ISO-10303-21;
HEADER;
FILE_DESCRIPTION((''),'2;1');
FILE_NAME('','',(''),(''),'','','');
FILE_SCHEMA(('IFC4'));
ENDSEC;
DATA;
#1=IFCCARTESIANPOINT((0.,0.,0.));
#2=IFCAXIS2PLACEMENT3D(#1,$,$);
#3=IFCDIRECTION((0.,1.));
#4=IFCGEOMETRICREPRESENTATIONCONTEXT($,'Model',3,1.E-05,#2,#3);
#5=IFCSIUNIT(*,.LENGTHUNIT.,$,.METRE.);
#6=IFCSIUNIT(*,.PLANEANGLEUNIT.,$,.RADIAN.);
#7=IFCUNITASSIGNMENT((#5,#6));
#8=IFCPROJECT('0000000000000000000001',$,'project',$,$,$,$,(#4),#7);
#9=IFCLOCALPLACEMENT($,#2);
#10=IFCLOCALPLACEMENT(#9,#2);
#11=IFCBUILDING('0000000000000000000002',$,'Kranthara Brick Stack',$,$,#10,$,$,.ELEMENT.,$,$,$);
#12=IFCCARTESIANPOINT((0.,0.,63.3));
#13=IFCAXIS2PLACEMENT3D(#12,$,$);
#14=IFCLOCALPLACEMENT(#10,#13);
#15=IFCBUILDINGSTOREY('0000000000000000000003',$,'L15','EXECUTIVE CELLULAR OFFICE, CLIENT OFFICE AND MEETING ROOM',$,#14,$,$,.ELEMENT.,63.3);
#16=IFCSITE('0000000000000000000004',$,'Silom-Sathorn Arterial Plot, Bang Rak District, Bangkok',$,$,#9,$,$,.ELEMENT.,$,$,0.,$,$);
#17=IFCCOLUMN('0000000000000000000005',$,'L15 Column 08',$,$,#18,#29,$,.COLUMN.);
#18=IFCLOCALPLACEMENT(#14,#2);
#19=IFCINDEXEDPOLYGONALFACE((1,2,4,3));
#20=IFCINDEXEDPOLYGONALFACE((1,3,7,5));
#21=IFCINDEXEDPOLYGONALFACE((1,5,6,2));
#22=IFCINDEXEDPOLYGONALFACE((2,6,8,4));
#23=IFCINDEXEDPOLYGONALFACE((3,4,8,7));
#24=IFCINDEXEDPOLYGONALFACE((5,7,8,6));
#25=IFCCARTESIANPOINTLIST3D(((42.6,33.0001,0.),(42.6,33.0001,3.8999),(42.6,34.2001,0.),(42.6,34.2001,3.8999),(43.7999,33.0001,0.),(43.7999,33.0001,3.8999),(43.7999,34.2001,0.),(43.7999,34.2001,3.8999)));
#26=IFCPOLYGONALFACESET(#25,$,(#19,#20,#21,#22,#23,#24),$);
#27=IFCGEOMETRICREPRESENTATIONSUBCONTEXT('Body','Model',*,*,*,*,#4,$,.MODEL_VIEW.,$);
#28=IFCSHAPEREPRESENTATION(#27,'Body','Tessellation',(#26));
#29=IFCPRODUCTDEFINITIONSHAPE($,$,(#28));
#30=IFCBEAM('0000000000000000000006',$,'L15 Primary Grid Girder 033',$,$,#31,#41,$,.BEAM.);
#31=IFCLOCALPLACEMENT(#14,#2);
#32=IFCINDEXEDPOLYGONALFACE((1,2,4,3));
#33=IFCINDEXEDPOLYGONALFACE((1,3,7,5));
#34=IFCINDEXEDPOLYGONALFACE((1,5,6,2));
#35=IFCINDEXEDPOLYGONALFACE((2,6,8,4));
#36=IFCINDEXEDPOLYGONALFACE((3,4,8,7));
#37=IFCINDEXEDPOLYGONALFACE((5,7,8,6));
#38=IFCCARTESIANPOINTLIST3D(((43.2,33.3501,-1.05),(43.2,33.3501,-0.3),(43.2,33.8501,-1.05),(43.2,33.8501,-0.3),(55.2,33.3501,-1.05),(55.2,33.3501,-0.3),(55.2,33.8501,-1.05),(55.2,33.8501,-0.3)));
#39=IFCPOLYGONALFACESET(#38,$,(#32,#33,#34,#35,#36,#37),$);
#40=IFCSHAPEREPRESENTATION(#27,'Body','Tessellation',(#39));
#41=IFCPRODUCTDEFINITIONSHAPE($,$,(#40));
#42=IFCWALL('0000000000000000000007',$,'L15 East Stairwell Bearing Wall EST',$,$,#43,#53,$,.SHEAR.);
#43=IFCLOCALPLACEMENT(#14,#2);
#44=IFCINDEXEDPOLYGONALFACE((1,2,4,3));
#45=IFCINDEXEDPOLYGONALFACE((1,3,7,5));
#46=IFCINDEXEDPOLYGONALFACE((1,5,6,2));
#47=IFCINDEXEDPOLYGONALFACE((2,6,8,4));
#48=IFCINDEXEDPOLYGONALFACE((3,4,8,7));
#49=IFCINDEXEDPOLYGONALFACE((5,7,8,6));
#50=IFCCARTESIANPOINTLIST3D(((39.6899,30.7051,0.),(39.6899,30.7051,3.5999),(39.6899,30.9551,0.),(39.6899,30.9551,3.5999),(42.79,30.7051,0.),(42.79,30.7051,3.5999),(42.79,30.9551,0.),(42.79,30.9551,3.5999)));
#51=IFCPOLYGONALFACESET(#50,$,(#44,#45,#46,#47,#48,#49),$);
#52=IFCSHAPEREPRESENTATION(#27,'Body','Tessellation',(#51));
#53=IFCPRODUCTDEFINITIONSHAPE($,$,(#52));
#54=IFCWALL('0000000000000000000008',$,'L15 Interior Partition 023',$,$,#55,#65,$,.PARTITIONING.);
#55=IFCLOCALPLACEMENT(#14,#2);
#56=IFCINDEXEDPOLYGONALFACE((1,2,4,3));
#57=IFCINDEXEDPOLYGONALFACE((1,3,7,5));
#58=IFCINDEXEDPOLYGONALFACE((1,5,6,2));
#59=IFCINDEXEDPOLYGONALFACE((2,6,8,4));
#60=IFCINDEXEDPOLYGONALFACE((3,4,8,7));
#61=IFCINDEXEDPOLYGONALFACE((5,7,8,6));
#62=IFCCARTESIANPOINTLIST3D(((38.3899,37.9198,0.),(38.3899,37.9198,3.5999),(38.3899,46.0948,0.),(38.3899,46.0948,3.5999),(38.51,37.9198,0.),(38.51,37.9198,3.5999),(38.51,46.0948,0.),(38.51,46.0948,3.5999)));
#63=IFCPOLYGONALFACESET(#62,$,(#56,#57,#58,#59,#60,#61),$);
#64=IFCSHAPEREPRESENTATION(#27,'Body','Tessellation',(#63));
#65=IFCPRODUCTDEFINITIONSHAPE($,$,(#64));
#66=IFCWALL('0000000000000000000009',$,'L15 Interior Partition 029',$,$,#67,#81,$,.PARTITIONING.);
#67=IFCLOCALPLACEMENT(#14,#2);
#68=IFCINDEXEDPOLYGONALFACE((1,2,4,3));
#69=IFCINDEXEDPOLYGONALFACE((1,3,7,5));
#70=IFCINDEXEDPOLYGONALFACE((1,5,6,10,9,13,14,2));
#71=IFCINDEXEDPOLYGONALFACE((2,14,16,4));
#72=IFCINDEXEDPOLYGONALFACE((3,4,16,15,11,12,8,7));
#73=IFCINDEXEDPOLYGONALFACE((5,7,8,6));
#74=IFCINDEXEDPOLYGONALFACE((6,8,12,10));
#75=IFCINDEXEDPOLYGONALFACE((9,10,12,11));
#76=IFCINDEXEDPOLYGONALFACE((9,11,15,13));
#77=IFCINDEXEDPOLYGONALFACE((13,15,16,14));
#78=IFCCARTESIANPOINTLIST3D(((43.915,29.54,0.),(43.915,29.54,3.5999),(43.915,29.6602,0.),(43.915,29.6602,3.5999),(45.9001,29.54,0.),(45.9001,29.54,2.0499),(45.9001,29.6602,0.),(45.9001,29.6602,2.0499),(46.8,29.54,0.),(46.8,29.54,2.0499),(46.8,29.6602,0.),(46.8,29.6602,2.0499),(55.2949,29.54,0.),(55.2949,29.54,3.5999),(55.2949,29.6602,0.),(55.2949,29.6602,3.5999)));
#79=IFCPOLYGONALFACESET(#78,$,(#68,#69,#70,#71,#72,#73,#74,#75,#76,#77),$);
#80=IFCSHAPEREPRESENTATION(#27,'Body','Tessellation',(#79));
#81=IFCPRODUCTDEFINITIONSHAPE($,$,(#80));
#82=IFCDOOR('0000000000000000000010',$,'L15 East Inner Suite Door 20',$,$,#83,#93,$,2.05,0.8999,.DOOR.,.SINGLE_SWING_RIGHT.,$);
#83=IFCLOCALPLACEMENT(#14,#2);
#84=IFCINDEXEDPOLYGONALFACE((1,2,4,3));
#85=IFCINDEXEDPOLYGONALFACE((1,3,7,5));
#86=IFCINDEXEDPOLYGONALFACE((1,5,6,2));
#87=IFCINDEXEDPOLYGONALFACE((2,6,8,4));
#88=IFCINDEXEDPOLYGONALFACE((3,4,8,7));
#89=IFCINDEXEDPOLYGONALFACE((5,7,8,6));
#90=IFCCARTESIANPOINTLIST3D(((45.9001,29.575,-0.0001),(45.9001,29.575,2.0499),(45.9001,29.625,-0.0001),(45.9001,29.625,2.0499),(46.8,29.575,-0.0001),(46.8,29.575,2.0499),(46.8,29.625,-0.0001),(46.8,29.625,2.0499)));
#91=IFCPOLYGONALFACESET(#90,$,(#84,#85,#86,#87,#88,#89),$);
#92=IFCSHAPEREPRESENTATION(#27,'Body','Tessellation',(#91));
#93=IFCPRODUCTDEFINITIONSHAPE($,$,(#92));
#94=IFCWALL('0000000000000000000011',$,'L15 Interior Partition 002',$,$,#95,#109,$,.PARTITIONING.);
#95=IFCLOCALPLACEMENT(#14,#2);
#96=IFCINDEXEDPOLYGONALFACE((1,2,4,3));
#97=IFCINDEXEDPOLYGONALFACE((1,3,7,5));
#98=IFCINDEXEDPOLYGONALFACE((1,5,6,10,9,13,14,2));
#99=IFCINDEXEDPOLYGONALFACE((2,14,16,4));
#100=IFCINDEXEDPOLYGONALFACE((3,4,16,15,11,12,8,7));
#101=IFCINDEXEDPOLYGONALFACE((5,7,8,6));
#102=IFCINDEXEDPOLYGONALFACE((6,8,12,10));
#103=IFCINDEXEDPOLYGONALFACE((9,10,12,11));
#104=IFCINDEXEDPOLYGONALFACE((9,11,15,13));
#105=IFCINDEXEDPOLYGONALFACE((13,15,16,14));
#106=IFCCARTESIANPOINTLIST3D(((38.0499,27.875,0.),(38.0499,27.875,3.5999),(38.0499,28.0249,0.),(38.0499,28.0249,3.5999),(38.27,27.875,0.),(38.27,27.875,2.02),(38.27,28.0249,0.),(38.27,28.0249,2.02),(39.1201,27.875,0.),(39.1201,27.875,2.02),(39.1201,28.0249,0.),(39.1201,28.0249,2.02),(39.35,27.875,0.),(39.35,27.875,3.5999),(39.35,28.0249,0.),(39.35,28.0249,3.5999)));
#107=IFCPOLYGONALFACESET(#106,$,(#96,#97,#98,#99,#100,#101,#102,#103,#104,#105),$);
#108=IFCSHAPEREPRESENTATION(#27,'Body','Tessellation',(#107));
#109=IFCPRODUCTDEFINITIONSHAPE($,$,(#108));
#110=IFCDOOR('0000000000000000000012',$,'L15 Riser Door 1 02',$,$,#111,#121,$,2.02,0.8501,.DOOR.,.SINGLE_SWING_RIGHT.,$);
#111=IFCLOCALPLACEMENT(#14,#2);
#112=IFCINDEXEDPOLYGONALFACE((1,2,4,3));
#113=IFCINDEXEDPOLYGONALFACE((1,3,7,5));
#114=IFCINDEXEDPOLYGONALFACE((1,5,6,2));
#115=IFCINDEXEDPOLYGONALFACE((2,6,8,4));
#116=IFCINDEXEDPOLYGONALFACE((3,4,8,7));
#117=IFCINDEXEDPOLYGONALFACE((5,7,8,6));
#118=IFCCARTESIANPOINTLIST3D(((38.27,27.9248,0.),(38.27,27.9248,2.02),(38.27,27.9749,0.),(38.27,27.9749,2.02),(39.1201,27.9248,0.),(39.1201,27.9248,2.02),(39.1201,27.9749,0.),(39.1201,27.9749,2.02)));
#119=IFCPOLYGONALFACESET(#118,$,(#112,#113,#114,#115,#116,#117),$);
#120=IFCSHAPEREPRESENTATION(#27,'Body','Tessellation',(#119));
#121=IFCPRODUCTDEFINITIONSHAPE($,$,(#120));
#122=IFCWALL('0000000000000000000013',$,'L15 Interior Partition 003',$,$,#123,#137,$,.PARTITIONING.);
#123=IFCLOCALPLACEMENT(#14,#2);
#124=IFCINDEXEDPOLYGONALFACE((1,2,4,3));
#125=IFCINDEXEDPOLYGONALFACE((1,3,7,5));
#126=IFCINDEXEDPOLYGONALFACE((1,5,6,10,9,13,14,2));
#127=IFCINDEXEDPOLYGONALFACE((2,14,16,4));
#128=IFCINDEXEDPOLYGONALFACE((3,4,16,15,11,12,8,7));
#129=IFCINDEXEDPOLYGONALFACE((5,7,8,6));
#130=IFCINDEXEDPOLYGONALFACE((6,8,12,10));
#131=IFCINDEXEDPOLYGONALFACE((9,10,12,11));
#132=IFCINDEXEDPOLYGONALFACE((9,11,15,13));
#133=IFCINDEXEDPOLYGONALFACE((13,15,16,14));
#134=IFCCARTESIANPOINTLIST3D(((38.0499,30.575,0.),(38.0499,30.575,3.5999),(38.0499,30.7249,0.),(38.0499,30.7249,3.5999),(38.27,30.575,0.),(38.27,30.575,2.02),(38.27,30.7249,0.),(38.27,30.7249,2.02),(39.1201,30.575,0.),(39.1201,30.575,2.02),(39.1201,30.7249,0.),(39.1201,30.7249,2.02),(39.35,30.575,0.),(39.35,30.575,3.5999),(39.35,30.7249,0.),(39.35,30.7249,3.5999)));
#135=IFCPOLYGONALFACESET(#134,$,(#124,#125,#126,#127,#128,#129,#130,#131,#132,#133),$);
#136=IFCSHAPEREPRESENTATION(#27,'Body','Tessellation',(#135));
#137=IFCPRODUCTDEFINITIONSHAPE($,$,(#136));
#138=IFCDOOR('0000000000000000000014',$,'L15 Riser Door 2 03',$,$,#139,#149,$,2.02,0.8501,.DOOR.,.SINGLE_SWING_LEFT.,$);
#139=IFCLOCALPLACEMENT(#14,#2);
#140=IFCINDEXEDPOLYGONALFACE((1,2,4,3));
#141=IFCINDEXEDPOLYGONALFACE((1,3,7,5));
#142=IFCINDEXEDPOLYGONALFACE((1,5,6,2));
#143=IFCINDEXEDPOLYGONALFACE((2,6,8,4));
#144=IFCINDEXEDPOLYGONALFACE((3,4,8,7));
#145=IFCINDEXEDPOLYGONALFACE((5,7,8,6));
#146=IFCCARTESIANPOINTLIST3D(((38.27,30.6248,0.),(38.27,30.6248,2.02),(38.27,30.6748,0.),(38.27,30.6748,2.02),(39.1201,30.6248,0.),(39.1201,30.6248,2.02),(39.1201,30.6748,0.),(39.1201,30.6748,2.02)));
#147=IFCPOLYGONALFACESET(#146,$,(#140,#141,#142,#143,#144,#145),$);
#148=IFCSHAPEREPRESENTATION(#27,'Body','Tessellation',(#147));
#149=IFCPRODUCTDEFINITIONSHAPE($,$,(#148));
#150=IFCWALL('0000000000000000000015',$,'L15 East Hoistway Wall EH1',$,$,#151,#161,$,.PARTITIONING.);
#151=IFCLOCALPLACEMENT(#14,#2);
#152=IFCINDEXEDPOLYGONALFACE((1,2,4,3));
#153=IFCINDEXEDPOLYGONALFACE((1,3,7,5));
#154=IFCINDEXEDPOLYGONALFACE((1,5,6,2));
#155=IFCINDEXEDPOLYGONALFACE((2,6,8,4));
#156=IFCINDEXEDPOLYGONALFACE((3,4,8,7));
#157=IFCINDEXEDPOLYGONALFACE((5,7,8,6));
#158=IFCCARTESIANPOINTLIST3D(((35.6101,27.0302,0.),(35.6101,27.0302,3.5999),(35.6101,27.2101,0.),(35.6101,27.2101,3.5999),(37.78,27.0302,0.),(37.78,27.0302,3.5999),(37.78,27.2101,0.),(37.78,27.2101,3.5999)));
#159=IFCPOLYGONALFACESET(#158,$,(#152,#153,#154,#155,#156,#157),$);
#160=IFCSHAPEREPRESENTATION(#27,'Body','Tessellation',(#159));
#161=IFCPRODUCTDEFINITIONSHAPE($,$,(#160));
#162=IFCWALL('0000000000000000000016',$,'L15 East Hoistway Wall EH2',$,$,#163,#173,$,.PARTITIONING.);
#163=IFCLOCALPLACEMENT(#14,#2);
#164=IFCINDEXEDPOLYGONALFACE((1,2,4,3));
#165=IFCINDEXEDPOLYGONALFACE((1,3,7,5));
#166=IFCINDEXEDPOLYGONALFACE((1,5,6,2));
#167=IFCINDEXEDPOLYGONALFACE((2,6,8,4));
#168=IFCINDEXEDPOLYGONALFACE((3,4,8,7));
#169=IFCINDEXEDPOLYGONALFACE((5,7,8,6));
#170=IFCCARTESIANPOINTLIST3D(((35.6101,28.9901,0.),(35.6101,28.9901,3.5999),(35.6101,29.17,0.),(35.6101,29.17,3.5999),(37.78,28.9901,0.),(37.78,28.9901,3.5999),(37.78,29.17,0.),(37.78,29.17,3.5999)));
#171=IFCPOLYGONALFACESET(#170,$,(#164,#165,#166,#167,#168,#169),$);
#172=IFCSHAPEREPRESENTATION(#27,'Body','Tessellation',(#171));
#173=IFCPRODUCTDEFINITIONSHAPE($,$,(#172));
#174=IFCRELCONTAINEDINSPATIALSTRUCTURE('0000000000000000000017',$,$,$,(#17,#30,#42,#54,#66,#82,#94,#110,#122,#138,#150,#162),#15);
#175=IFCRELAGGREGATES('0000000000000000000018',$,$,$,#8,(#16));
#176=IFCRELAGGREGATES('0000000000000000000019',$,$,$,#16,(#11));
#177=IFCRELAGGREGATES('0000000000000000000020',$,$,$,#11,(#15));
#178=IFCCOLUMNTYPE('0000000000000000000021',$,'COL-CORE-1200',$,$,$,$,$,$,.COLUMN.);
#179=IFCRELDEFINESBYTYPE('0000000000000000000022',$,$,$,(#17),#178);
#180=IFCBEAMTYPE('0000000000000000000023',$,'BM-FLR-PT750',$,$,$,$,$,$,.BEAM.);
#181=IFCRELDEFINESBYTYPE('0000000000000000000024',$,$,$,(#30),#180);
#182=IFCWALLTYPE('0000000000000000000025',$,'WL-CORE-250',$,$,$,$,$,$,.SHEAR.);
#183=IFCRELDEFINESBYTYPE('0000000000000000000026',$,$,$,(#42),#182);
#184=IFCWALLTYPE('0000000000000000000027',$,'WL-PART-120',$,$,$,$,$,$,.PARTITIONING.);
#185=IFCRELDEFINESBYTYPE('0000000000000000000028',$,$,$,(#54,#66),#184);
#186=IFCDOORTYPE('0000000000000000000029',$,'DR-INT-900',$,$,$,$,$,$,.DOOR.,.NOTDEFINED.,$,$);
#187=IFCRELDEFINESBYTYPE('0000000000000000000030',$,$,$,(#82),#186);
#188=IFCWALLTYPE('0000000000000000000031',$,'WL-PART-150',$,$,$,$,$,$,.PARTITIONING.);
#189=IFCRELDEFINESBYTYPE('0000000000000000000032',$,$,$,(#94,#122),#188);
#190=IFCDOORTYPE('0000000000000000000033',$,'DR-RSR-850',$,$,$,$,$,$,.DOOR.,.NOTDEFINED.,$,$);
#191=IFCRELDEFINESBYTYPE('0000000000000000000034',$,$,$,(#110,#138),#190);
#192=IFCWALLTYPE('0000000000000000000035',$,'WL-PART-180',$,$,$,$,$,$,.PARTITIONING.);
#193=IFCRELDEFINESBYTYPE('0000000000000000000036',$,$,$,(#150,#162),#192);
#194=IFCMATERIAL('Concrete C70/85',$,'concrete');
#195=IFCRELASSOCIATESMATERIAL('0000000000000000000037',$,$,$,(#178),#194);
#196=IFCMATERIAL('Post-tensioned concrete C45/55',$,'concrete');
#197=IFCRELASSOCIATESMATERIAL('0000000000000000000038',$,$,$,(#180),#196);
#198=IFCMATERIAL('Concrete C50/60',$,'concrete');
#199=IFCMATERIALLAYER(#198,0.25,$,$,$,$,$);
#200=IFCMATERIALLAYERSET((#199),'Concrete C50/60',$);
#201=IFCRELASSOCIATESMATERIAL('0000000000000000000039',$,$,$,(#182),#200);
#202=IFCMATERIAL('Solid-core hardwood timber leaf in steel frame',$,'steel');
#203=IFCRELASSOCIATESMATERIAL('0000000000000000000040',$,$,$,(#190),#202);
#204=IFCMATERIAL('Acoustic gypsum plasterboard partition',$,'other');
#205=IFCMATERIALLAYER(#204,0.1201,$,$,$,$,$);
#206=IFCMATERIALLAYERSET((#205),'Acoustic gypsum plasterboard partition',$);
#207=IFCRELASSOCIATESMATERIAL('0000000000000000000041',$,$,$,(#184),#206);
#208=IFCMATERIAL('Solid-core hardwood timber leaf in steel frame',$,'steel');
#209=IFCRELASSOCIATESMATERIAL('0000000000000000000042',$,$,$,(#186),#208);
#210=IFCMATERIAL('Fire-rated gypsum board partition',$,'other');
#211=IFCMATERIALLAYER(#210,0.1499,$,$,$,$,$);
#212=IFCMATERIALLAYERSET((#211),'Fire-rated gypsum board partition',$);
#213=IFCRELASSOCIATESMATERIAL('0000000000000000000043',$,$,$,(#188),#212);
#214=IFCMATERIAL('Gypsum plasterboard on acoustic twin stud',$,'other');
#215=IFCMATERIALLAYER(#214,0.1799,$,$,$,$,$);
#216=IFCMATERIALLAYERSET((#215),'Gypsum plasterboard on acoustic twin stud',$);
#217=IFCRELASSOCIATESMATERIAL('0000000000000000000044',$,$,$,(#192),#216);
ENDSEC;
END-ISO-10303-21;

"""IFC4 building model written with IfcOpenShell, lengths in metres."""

from ifc_helpers import new_model, si_unit, direction, frame, frame_2d, origin, origin_2d, place, context, subcontext, project, spatial, rectangle, extrude, material, layer, layer_set, material_profile, profile_set, type_object, element, fill, save


model = new_model("IFC4")

# Units and contexts
model_context = context("Model", 3, precision=1e-05, world=origin(), true_north=direction((0.0, 1.0)))
body_context = subcontext(model_context, "Body", "Model", "MODEL_VIEW")
ifc_project = project(units=[si_unit("LENGTHUNIT", "METRE"), si_unit("PLANEANGLEUNIT", "RADIAN")], contexts=[model_context])

# Site, building, storey
site_placement = place(None, origin())
site = spatial("IfcSite", under=ifc_project, at=site_placement, Name="Silom-Sathorn Arterial Plot, Bang Rak District, Bangkok", CompositionType="ELEMENT", RefElevation=0.0)
building_placement = place(site_placement, origin())
building = spatial("IfcBuilding", under=site, at=building_placement, Name="Kranthara Brick Stack", CompositionType="ELEMENT")
storey_placement = place(building_placement, frame((0.0, 0.0, 63.3)))
storey = spatial("IfcBuildingStorey", under=building, at=storey_placement, Name="L15", Description="EXECUTIVE CELLULAR OFFICE, CLIENT OFFICE AND MEETING ROOM", CompositionType="ELEMENT", Elevation=63.3)

# Column
ifc_material_1 = material(Name="Concrete C70/85", Category="concrete")
ifc_material_profile_1 = material_profile(ifc_material_1, rectangle(XDim=1.2, YDim=1.2, at=origin_2d()), Name="RC 1200x1200")
ifc_profile_set_1 = profile_set([ifc_material_profile_1], Name="Concrete C70/85")
column_type = type_object("IfcColumnType", Name="COL-CORE-1200", PredefinedType="COLUMN", material=ifc_profile_set_1)
column_placement = place(storey_placement, frame((43.2, 33.6001, 0.0), z_axis=(0.0, 0.0, 1.0), x_axis=(1.0, 0.0, 0.0)))
element("IfcColumn", 1, at=column_placement, inside=storey, type_object=column_type, Name="L15 Column 08", PredefinedType="COLUMN", context=body_context, shape_type="SweptSolid", body=[
    extrude(rectangle(XDim=1.2, YDim=1.2, at=origin_2d()), origin(), (0.0, 0.0, 1.0), 3.8999),
])

# Beam
ifc_material_2 = material(Name="Post-tensioned concrete C45/55", Category="concrete")
ifc_material_profile_2 = material_profile(ifc_material_2, rectangle(XDim=0.5, YDim=0.75, at=origin_2d()), Name="PT 500x750")
ifc_profile_set_2 = profile_set([ifc_material_profile_2], Name="Post-tensioned concrete C45/55")
beam_type = type_object("IfcBeamType", Name="BM-FLR-PT750", PredefinedType="BEAM", material=ifc_profile_set_2)
beam_placement = place(storey_placement, frame((43.2, 33.6001, -0.675), z_axis=(1.0, 0.0, 0.0), x_axis=(0.0, 1.0, 0.0)))
element("IfcBeam", 2, at=beam_placement, inside=storey, type_object=beam_type, Name="L15 Primary Grid Girder 033", PredefinedType="BEAM", context=body_context, shape_type="SweptSolid", body=[
    extrude(rectangle(XDim=0.5, YDim=0.75, at=origin_2d()), origin(), (0.0, 0.0, 1.0), 12.0),
])

# Wall
ifc_material_3 = material(Name="Concrete C50/60", Category="concrete")
ifc_layer_1 = layer(ifc_material_3, 0.25)
ifc_layer_set_1 = layer_set([ifc_layer_1], Name="Concrete C50/60")
wall_type_1 = type_object("IfcWallType", Name="WL-CORE-250", PredefinedType="SHEAR", material=ifc_layer_set_1)
wall_1_placement = place(storey_placement, frame((39.6899, 30.8301, 0.0), z_axis=(0.0, 0.0, 1.0), x_axis=(1.0, 0.0, 0.0)))
element("IfcWall", 3, at=wall_1_placement, inside=storey, type_object=wall_type_1, Name="L15 East Stairwell Bearing Wall EST", PredefinedType="SHEAR", context=body_context, shape_type="SweptSolid", body=[
    extrude(rectangle(XDim=3.1001, YDim=0.25, at=frame_2d((1.55, 0.0))), origin(), (0.0, 0.0, 1.0), 3.5999),
])

# Shared definitions
ifc_material_4 = material(Name="Solid-core hardwood timber leaf in steel frame", Category="steel")
door_type_1 = type_object("IfcDoorType", Name="DR-RSR-850", OperationType="NOTDEFINED", PredefinedType="DOOR", material=ifc_material_4)

# Wall
ifc_material_5 = material(Name="Acoustic gypsum plasterboard partition", Category="other")
ifc_layer_2 = layer(ifc_material_5, 0.1201)
ifc_layer_set_2 = layer_set([ifc_layer_2], Name="Acoustic gypsum plasterboard partition")
wall_type_2 = type_object("IfcWallType", Name="WL-PART-120", PredefinedType="PARTITIONING", material=ifc_layer_set_2)
wall_2_placement = place(storey_placement, frame((38.45, 37.9199, 0.0), z_axis=(0.0, 0.0, 1.0), x_axis=(0.0, 1.0, 0.0)))
element("IfcWall", 4, at=wall_2_placement, inside=storey, type_object=wall_type_2, Name="L15 Interior Partition 023", PredefinedType="PARTITIONING", context=body_context, shape_type="SweptSolid", body=[
    extrude(rectangle(XDim=8.175, YDim=0.1201, at=frame_2d((4.0874, 0.0))), origin(), (0.0, 0.0, 1.0), 3.5999),
])

# Walls, openings, doors
wall_3_placement = place(storey_placement, frame((43.915, 29.6001, 0.0), z_axis=(0.0, 0.0, 1.0), x_axis=(1.0, 0.0, 0.0)))
wall_3 = element("IfcWall", 5, at=wall_3_placement, inside=storey, type_object=wall_type_2, Name="L15 Interior Partition 029", PredefinedType="PARTITIONING", context=body_context, shape_type="SweptSolid", body=[
    extrude(rectangle(XDim=11.3799, YDim=0.1201, at=frame_2d((5.6899, 0.0))), origin(), (0.0, 0.0, 1.0), 3.5999),
])
opening_1_placement = place(wall_3_placement, frame((1.9851, 0.0, 0.0)))
opening_1 = element("IfcOpeningElement", 6, at=opening_1_placement, cuts=wall_3, PredefinedType="OPENING", context=body_context, shape_type="SweptSolid", body=[
    extrude(rectangle(XDim=0.8999, YDim=2.05, at=frame_2d((0.45, 1.0249))), frame((0.0, 0.0701, 0.0), z_axis=(0.0, -1.0, 0.0), x_axis=(1.0, 0.0, 0.0)), (0.0, 0.0, 1.0), 0.1401),
])
ifc_material_6 = material(Name="Solid-core hardwood timber leaf in steel frame", Category="steel")
door_type_2 = type_object("IfcDoorType", Name="DR-INT-900", OperationType="NOTDEFINED", PredefinedType="DOOR", material=ifc_material_6)
door_1_placement = place(opening_1_placement, origin())
door_1 = element("IfcDoor", 7, at=door_1_placement, inside=storey, type_object=door_type_2, Name="L15 East Inner Suite Door 20", OperationType="SINGLE_SWING_RIGHT", OverallHeight=2.05, OverallWidth=0.8999, PredefinedType="DOOR", context=body_context, shape_type="SweptSolid", body=[
    extrude(rectangle(XDim=0.8999, YDim=2.05, at=frame_2d((0.45, 1.0249))), frame((0.0, 0.0249, 0.0), z_axis=(0.0, -1.0, 0.0), x_axis=(1.0, 0.0, 0.0)), (0.0, 0.0, 1.0), 0.05),
])
fill(opening_1, door_1)
ifc_material_7 = material(Name="Fire-rated gypsum board partition", Category="other")
ifc_layer_3 = layer(ifc_material_7, 0.1499)
ifc_layer_set_3 = layer_set([ifc_layer_3], Name="Fire-rated gypsum board partition")
wall_type_3 = type_object("IfcWallType", Name="WL-PART-150", PredefinedType="PARTITIONING", material=ifc_layer_set_3)
wall_4_placement = place(storey_placement, frame((38.05, 27.95, 0.0), z_axis=(0.0, 0.0, 1.0), x_axis=(1.0, 0.0, 0.0)))
wall_4 = element("IfcWall", 8, at=wall_4_placement, inside=storey, type_object=wall_type_3, Name="L15 Interior Partition 002", PredefinedType="PARTITIONING", context=body_context, shape_type="SweptSolid", body=[
    extrude(rectangle(XDim=1.3, YDim=0.1499, at=frame_2d((0.6499, 0.0))), origin(), (0.0, 0.0, 1.0), 3.5999),
])
opening_2_placement = place(wall_4_placement, frame((0.22, 0.0, 0.0)))
opening_2 = element("IfcOpeningElement", 9, at=opening_2_placement, cuts=wall_4, PredefinedType="OPENING", context=body_context, shape_type="SweptSolid", body=[
    extrude(rectangle(XDim=0.8501, YDim=2.02, at=frame_2d((0.425, 1.01))), frame((0.0, 0.085, 0.0), z_axis=(0.0, -1.0, 0.0), x_axis=(1.0, 0.0, 0.0)), (0.0, 0.0, 1.0), 0.1699),
])
door_2_placement = place(opening_2_placement, origin())
door_2 = element("IfcDoor", 10, at=door_2_placement, inside=storey, type_object=door_type_1, Name="L15 Riser Door 1 02", OperationType="SINGLE_SWING_RIGHT", OverallHeight=2.02, OverallWidth=0.8501, PredefinedType="DOOR", context=body_context, shape_type="SweptSolid", body=[
    extrude(rectangle(XDim=0.8501, YDim=2.02, at=frame_2d((0.425, 1.01))), frame((0.0, 0.0249, 0.0), z_axis=(0.0, -1.0, 0.0), x_axis=(1.0, 0.0, 0.0)), (0.0, 0.0, 1.0), 0.05),
])
fill(opening_2, door_2)
wall_5_placement = place(storey_placement, frame((38.05, 30.6499, 0.0), z_axis=(0.0, 0.0, 1.0), x_axis=(1.0, 0.0, 0.0)))
wall_5 = element("IfcWall", 11, at=wall_5_placement, inside=storey, type_object=wall_type_3, Name="L15 Interior Partition 003", PredefinedType="PARTITIONING", context=body_context, shape_type="SweptSolid", body=[
    extrude(rectangle(XDim=1.3, YDim=0.1499, at=frame_2d((0.6499, 0.0))), origin(), (0.0, 0.0, 1.0), 3.5999),
])
opening_3_placement = place(wall_5_placement, frame((0.22, 0.0, 0.0)))
opening_3 = element("IfcOpeningElement", 12, at=opening_3_placement, cuts=wall_5, PredefinedType="OPENING", context=body_context, shape_type="SweptSolid", body=[
    extrude(rectangle(XDim=0.8501, YDim=2.02, at=frame_2d((0.425, 1.01))), frame((0.0, 0.085, 0.0), z_axis=(0.0, -1.0, 0.0), x_axis=(1.0, 0.0, 0.0)), (0.0, 0.0, 1.0), 0.1699),
])
door_3_placement = place(opening_3_placement, origin())
door_3 = element("IfcDoor", 13, at=door_3_placement, inside=storey, type_object=door_type_1, Name="L15 Riser Door 2 03", OperationType="SINGLE_SWING_LEFT", OverallHeight=2.02, OverallWidth=0.8501, PredefinedType="DOOR", context=body_context, shape_type="SweptSolid", body=[
    extrude(rectangle(XDim=0.8501, YDim=2.02, at=frame_2d((0.425, 1.01))), frame((0.0, 0.0249, 0.0), z_axis=(0.0, -1.0, 0.0), x_axis=(1.0, 0.0, 0.0)), (0.0, 0.0, 1.0), 0.05),
])
fill(opening_3, door_3)

# Walls
ifc_material_8 = material(Name="Gypsum plasterboard on acoustic twin stud", Category="other")
ifc_layer_4 = layer(ifc_material_8, 0.1799)
ifc_layer_set_4 = layer_set([ifc_layer_4], Name="Gypsum plasterboard on acoustic twin stud")
wall_type_4 = type_object("IfcWallType", Name="WL-PART-180", PredefinedType="PARTITIONING", material=ifc_layer_set_4)
for number, where, z_axis, x_axis, name in (
    (14, (35.6101, 27.1201, 0.0), (0.0, 0.0, 1.0), (1.0, 0.0, 0.0), "L15 East Hoistway Wall EH1"),
    (15, (35.6101, 29.0801, 0.0), (0.0, 0.0, 1.0), (1.0, 0.0, 0.0), "L15 East Hoistway Wall EH2"),
):
    element("IfcWall", number, at=place(storey_placement, frame(where, z_axis=z_axis, x_axis=x_axis)), inside=storey, type_object=wall_type_4, Name=name, PredefinedType="PARTITIONING", context=body_context, shape_type="SweptSolid", body=[
        extrude(rectangle(XDim=2.1699, YDim=0.1799, at=frame_2d((1.085, 0.0))), origin(), (0.0, 0.0, 1.0), 3.5999),
    ])

save(model, "model.ifc")
